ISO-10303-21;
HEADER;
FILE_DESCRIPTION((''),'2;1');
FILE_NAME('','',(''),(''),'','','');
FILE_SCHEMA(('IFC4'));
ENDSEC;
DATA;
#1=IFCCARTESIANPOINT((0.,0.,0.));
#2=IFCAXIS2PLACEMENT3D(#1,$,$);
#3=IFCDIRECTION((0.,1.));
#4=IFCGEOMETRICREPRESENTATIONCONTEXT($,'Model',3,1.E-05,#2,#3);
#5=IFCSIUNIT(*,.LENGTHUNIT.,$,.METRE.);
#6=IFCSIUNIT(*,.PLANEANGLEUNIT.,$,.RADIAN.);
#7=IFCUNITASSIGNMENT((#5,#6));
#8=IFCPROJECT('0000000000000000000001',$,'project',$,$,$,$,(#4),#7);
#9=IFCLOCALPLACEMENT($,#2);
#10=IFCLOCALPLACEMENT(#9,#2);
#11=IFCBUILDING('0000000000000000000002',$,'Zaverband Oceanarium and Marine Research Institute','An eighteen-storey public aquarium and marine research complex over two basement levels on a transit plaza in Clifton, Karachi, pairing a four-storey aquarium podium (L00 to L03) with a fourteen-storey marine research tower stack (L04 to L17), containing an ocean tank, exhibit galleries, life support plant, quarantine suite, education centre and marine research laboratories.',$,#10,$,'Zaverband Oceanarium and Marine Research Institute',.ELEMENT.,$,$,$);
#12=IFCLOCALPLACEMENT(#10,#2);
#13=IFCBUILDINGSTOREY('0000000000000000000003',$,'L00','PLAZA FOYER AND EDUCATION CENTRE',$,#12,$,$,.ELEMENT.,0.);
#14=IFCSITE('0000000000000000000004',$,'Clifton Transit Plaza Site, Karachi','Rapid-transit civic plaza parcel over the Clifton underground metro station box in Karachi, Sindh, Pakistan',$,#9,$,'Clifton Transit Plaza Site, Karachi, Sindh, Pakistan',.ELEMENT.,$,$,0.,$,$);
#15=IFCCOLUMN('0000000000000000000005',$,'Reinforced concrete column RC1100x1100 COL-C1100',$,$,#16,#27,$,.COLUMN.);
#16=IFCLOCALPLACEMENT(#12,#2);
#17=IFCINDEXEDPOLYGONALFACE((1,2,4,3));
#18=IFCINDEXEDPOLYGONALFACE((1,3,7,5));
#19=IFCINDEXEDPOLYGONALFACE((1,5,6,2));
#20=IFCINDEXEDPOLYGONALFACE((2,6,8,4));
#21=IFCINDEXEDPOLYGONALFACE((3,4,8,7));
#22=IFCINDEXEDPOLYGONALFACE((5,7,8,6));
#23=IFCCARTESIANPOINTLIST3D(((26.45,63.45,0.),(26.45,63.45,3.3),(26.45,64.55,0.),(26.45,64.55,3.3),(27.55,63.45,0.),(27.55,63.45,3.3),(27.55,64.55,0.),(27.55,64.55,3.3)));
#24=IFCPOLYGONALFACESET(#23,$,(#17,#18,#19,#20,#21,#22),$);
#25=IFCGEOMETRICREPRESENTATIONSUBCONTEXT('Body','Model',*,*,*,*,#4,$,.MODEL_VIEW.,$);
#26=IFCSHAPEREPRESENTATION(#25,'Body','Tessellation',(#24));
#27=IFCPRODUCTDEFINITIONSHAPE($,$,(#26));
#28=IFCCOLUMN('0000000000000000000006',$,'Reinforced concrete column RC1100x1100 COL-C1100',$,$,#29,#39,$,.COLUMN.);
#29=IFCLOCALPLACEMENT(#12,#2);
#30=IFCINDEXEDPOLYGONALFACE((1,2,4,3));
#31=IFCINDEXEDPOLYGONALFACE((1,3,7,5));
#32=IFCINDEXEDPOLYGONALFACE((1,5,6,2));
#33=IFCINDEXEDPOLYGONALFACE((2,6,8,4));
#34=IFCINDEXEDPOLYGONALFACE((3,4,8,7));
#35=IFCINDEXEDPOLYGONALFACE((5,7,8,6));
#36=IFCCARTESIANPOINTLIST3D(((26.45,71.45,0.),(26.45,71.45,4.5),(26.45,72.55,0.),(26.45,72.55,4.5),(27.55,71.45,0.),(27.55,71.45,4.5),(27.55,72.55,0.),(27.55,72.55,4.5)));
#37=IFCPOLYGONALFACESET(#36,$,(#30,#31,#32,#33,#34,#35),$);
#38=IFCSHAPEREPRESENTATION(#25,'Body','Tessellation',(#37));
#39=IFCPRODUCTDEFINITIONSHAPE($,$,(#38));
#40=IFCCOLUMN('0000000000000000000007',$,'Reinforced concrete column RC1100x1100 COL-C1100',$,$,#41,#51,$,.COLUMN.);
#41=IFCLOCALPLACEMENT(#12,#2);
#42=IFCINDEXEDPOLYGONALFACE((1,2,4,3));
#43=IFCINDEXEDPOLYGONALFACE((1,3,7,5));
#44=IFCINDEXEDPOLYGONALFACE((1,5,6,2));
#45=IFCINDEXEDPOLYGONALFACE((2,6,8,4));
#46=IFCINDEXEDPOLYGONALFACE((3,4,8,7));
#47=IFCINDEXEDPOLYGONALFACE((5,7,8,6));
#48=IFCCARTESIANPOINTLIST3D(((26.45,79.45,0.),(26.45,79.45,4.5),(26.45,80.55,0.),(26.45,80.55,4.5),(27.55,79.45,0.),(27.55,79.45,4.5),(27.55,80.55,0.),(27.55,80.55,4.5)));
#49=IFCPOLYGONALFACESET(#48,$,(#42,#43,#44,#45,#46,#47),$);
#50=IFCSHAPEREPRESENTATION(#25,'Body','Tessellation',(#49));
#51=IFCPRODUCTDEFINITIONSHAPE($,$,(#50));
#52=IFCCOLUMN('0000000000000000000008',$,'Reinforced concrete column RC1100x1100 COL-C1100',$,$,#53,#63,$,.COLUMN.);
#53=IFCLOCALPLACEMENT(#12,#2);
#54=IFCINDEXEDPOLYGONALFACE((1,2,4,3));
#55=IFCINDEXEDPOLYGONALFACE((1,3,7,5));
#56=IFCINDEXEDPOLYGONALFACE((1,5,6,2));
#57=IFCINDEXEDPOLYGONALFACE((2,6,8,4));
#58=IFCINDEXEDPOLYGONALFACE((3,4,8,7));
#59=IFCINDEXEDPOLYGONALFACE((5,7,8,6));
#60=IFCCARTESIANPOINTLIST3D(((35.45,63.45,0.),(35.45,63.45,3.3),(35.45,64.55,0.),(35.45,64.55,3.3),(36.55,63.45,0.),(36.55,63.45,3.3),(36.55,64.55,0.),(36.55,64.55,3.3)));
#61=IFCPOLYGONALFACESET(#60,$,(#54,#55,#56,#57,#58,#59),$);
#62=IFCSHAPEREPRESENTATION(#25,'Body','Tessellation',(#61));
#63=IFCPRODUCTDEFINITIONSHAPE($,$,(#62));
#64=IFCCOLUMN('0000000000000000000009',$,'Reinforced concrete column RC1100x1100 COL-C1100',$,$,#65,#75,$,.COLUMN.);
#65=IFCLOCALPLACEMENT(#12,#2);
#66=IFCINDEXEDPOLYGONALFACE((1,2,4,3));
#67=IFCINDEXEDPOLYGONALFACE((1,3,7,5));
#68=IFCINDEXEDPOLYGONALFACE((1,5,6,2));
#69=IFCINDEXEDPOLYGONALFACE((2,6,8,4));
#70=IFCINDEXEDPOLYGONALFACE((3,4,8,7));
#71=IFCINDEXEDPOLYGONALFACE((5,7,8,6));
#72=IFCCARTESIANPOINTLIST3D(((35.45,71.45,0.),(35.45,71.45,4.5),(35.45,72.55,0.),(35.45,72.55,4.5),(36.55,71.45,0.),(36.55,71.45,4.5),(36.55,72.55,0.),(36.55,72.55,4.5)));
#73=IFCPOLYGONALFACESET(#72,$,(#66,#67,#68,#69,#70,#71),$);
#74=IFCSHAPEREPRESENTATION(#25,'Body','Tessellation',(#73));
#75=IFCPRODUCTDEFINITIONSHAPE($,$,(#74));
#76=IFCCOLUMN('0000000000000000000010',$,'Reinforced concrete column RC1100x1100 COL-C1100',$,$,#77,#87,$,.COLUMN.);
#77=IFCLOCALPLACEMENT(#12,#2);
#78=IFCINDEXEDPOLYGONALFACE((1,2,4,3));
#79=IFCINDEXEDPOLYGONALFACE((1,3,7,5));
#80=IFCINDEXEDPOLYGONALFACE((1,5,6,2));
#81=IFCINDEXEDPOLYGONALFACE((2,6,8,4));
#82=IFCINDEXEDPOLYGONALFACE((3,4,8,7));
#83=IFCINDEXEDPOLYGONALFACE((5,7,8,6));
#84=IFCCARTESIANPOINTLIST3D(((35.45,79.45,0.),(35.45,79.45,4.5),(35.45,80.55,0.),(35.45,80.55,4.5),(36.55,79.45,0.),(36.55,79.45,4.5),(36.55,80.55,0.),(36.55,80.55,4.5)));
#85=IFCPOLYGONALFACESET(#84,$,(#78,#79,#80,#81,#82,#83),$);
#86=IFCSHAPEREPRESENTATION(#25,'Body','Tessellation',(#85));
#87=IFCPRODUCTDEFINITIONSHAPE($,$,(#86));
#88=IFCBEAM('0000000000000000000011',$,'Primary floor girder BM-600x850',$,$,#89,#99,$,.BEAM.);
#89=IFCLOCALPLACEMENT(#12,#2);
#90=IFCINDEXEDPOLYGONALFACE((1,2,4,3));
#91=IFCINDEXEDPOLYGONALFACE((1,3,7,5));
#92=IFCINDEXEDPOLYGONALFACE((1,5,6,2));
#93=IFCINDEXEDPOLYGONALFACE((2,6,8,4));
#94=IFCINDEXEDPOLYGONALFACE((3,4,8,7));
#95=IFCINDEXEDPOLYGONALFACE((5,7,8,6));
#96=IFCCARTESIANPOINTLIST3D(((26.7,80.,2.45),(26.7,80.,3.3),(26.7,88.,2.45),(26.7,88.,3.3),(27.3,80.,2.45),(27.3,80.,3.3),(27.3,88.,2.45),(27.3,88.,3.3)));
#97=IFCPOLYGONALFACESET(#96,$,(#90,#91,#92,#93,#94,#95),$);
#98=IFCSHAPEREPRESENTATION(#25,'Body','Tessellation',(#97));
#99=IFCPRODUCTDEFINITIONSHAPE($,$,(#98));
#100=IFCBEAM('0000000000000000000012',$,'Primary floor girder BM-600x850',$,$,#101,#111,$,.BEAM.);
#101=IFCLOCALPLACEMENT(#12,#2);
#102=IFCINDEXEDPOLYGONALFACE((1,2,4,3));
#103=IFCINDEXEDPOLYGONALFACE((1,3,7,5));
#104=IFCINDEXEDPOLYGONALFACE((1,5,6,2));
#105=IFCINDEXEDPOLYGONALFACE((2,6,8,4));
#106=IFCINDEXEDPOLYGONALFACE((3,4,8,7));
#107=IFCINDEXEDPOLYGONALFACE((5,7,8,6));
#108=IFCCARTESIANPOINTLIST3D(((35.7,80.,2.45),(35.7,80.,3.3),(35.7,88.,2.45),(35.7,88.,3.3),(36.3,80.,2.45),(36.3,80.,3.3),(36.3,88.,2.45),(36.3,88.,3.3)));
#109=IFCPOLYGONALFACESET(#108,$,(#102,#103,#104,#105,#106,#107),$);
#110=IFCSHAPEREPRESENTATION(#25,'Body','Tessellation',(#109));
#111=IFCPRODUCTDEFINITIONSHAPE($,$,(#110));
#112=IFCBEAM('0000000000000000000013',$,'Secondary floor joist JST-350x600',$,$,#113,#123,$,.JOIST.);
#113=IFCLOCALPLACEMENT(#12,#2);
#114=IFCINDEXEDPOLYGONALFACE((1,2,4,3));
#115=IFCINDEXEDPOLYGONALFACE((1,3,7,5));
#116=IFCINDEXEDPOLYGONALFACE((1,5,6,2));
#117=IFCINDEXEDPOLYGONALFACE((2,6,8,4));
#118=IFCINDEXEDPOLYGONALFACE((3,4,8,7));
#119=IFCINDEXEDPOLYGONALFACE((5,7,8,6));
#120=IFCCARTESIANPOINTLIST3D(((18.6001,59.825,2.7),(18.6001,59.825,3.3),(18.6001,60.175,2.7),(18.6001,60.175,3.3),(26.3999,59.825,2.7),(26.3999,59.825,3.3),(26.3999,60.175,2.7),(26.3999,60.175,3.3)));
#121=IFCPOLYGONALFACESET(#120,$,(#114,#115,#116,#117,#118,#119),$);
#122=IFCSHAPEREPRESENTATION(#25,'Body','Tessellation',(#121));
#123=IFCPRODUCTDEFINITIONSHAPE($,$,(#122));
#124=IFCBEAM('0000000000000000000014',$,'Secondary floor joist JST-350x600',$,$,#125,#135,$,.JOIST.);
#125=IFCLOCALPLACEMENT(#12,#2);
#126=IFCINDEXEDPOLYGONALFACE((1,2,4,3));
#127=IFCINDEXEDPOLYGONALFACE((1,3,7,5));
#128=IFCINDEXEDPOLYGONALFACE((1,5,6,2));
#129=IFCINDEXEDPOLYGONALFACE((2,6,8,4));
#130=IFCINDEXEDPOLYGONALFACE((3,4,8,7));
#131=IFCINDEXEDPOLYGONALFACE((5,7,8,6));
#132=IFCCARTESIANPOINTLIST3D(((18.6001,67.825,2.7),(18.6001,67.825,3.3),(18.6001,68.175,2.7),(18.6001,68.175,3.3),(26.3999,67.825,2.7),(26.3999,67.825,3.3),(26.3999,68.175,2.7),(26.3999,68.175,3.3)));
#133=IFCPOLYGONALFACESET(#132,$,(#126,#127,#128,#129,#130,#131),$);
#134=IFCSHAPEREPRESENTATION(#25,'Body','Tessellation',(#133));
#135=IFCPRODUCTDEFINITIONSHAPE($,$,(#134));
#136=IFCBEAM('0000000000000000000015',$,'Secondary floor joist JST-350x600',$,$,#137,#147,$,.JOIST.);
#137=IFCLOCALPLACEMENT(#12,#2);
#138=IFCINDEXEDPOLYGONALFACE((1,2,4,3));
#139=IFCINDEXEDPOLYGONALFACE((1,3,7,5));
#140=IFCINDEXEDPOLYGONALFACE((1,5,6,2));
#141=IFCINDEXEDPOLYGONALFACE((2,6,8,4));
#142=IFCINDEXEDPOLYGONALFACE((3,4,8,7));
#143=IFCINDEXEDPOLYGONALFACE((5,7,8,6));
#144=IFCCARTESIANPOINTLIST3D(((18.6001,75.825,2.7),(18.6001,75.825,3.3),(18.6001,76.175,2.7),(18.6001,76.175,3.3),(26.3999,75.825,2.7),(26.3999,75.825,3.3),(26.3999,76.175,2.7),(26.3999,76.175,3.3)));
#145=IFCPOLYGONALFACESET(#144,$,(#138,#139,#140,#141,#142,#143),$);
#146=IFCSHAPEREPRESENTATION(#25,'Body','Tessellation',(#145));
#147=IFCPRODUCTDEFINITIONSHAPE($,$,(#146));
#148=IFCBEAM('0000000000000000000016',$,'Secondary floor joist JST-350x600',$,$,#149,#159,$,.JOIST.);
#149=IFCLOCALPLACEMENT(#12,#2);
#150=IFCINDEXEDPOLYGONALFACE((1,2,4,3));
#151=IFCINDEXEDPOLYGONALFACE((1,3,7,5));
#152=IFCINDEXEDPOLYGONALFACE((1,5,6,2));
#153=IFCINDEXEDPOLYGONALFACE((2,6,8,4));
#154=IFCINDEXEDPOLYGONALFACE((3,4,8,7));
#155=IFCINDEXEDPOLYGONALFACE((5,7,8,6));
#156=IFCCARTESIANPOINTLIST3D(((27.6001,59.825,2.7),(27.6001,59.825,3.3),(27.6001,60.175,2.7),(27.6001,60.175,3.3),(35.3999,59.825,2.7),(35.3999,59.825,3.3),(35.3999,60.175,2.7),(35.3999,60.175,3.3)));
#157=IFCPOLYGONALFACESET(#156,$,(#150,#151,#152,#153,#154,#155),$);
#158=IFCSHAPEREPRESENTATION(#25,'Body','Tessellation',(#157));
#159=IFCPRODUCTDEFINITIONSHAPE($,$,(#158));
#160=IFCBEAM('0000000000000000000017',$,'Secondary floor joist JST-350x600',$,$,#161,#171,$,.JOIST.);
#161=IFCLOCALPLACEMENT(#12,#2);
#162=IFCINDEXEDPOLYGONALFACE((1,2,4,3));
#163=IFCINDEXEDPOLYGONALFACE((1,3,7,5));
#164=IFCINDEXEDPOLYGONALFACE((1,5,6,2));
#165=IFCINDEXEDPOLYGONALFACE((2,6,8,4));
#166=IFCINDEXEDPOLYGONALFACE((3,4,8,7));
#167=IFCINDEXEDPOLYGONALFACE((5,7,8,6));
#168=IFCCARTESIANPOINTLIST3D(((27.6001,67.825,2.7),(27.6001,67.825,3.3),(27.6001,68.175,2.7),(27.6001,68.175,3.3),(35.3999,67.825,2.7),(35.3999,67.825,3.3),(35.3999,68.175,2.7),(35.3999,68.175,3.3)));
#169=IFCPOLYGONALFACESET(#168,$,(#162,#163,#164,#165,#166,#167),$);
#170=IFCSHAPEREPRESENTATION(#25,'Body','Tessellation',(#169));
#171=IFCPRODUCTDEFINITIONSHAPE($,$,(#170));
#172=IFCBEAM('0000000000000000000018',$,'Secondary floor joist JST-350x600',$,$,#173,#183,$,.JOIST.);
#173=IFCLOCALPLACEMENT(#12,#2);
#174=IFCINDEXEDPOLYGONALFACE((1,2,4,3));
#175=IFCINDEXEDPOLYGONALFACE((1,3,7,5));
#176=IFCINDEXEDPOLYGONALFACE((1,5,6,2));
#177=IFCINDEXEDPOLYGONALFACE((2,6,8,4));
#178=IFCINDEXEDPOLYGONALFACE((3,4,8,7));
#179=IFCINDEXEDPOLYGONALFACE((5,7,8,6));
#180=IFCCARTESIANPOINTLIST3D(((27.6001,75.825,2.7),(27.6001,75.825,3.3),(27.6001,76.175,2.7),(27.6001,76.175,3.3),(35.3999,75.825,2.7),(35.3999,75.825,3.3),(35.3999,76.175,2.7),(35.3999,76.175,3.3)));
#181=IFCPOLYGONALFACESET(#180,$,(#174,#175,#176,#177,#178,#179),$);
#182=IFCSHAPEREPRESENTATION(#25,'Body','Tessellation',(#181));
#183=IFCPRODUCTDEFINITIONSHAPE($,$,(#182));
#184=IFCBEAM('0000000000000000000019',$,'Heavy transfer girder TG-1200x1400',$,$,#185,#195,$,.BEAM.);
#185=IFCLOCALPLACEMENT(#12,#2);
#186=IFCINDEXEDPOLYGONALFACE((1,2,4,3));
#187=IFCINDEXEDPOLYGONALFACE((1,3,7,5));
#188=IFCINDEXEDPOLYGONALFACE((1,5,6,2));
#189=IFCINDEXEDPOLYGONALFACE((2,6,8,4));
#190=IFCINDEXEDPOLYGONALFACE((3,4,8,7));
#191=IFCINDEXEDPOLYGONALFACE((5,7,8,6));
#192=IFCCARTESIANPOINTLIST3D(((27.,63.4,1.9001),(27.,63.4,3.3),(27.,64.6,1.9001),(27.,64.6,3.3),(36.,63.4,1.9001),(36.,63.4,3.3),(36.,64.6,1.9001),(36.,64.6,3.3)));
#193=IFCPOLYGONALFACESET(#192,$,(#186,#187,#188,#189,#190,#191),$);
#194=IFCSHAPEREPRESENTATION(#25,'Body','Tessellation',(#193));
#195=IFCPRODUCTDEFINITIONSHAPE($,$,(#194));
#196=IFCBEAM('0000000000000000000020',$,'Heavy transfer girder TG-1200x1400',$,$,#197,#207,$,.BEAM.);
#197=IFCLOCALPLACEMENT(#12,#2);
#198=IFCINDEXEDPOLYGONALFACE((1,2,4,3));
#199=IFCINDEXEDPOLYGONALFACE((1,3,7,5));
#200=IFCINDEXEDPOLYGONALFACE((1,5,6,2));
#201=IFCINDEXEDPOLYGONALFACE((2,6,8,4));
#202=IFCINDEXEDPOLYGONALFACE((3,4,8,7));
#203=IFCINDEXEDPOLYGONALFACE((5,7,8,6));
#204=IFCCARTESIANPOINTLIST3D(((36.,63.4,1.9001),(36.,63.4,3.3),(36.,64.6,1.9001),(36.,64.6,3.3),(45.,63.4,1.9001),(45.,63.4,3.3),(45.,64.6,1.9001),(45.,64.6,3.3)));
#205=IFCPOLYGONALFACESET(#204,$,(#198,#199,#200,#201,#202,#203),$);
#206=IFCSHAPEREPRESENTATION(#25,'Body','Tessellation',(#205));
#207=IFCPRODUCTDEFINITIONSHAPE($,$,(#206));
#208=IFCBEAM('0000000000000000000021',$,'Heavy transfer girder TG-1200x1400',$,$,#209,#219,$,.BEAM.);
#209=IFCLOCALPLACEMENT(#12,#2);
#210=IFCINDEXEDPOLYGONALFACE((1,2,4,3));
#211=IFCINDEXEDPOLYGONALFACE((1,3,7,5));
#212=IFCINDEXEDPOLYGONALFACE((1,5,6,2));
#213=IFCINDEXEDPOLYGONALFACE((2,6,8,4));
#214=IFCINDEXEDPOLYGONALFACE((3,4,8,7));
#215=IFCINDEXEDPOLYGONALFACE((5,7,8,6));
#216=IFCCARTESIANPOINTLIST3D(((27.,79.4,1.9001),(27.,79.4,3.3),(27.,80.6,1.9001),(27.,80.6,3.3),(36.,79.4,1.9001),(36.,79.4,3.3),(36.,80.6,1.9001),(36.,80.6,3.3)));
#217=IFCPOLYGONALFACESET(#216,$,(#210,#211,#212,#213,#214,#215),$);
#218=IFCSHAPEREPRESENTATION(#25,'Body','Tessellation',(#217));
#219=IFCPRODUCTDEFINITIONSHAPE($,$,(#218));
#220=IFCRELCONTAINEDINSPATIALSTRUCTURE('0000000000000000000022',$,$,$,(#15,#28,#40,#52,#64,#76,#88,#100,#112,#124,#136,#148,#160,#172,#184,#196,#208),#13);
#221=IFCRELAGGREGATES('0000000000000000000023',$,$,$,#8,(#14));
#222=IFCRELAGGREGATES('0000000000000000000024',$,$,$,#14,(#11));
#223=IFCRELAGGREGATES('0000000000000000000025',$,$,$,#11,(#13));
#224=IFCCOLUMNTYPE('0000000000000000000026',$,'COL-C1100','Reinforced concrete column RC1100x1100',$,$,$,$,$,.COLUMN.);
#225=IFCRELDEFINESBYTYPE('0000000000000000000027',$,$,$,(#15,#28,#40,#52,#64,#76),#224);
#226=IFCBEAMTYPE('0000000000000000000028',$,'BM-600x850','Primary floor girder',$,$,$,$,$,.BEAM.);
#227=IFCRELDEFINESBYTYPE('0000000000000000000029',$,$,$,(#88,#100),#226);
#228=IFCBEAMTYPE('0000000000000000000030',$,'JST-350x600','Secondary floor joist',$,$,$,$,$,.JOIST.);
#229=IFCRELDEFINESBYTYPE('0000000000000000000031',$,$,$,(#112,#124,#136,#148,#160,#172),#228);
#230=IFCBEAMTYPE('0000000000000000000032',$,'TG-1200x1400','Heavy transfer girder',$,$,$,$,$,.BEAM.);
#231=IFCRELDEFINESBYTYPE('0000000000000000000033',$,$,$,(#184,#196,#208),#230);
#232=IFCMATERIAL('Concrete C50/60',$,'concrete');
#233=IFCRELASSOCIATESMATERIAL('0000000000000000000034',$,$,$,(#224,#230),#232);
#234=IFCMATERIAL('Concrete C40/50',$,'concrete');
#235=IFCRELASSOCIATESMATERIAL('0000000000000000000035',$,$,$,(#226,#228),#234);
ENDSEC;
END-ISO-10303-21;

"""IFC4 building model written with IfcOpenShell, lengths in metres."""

from ifc_helpers import new_model, si_unit, direction, frame, origin, origin_2d, place, context, subcontext, project, spatial, rectangle, extrude, material, material_profile, profile_set, type_object, element, save


model = new_model("IFC4")

# Units and contexts
model_context = context("Model", 3, precision=1e-05, world=origin(), true_north=direction((0.0, 1.0)))
body_context = subcontext(model_context, "Body", "Model", "MODEL_VIEW")
ifc_project = project(units=[si_unit("LENGTHUNIT", "METRE"), si_unit("PLANEANGLEUNIT", "RADIAN")], contexts=[model_context])

# Site, building, storey
site_placement = place(None, origin())
site = spatial("IfcSite", under=ifc_project, at=site_placement, Name="Clifton Transit Plaza Site, Karachi", Description="Rapid-transit civic plaza parcel over the Clifton underground metro station box in Karachi, Sindh, Pakistan", LongName="Clifton Transit Plaza Site, Karachi, Sindh, Pakistan", CompositionType="ELEMENT", RefElevation=0.0)
building_placement = place(site_placement, origin())
building = spatial("IfcBuilding", under=site, at=building_placement, Name="Zaverband Oceanarium and Marine Research Institute", Description="An eighteen-storey public aquarium and marine research complex over two basement levels on a transit plaza in Clifton, Karachi, pairing a four-storey aquarium podium (L00 to L03) with a fourteen-storey marine research tower stack (L04 to L17), containing an ocean tank, exhibit galleries, life support plant, quarantine suite, education centre and marine research laboratories.", LongName="Zaverband Oceanarium and Marine Research Institute", CompositionType="ELEMENT")
storey_placement = place(building_placement, origin())
storey = spatial("IfcBuildingStorey", under=building, at=storey_placement, Name="L00", Description="PLAZA FOYER AND EDUCATION CENTRE", CompositionType="ELEMENT", Elevation=0.0)

# Columns
ifc_material_1 = material(Name="Concrete C50/60", Category="concrete")
ifc_material_profile_1 = material_profile(ifc_material_1, rectangle(XDim=1.1001, YDim=1.1001, at=origin_2d()), Name="RC1100x1100")
ifc_profile_set_1 = profile_set([ifc_material_profile_1], Name="Concrete C50/60")
column_type = type_object("IfcColumnType", Name="COL-C1100", Description="Reinforced concrete column RC1100x1100", PredefinedType="COLUMN", material=ifc_profile_set_1)
column_1_placement = place(storey_placement, frame((27.0, 64.0, 0.0), z_axis=(0.0, 0.0, 1.0), x_axis=(1.0, 0.0, 0.0)))
element("IfcColumn", 1, at=column_1_placement, inside=storey, type_object=column_type, Name="Reinforced concrete column RC1100x1100 COL-C1100", PredefinedType="COLUMN", context=body_context, shape_type="SweptSolid", body=[
    extrude(rectangle(XDim=1.1001, YDim=1.1001, at=origin_2d()), origin(), (0.0, 0.0, 1.0), 3.3),
])
for number, where, z_axis, x_axis, name in (
    (2, (27.0, 72.0, 0.0), (0.0, 0.0, 1.0), (1.0, 0.0, 0.0), "Reinforced concrete column RC1100x1100 COL-C1100"),
    (3, (27.0, 80.0, 0.0), (0.0, 0.0, 1.0), (1.0, 0.0, 0.0), "Reinforced concrete column RC1100x1100 COL-C1100"),
):
    element("IfcColumn", number, at=place(storey_placement, frame(where, z_axis=z_axis, x_axis=x_axis)), inside=storey, type_object=column_type, Name=name, PredefinedType="COLUMN", context=body_context, shape_type="SweptSolid", body=[
        extrude(rectangle(XDim=1.1001, YDim=1.1001, at=origin_2d()), origin(), (0.0, 0.0, 1.0), 4.5),
    ])
column_2_placement = place(storey_placement, frame((36.0, 64.0, 0.0), z_axis=(0.0, 0.0, 1.0), x_axis=(1.0, 0.0, 0.0)))
element("IfcColumn", 4, at=column_2_placement, inside=storey, type_object=column_type, Name="Reinforced concrete column RC1100x1100 COL-C1100", PredefinedType="COLUMN", context=body_context, shape_type="SweptSolid", body=[
    extrude(rectangle(XDim=1.1001, YDim=1.1001, at=origin_2d()), origin(), (0.0, 0.0, 1.0), 3.3),
])
for number, where, z_axis, x_axis, name in (
    (5, (36.0, 72.0, 0.0), (0.0, 0.0, 1.0), (1.0, 0.0, 0.0), "Reinforced concrete column RC1100x1100 COL-C1100"),
    (6, (36.0, 80.0, 0.0), (0.0, 0.0, 1.0), (1.0, 0.0, 0.0), "Reinforced concrete column RC1100x1100 COL-C1100"),
):
    element("IfcColumn", number, at=place(storey_placement, frame(where, z_axis=z_axis, x_axis=x_axis)), inside=storey, type_object=column_type, Name=name, PredefinedType="COLUMN", context=body_context, shape_type="SweptSolid", body=[
        extrude(rectangle(XDim=1.1001, YDim=1.1001, at=origin_2d()), origin(), (0.0, 0.0, 1.0), 4.5),
    ])

# Beams
ifc_material_2 = material(Name="Concrete C40/50", Category="concrete")
ifc_material_profile_2 = material_profile(ifc_material_2, rectangle(XDim=0.6001, YDim=0.8501, at=origin_2d()), Name="RC600x850")
ifc_profile_set_2 = profile_set([ifc_material_profile_2], Name="Concrete C40/50")
beam_type_1 = type_object("IfcBeamType", Name="BM-600x850", Description="Primary floor girder", PredefinedType="BEAM", material=ifc_profile_set_2)
for number, where, z_axis, x_axis, name in (
    (7, (27.0, 80.0, 2.875), (0.0, 1.0, 0.0), (-1.0, 0.0, 0.0), "Primary floor girder BM-600x850"),
    (8, (36.0, 80.0, 2.875), (0.0, 1.0, 0.0), (-1.0, 0.0, 0.0), "Primary floor girder BM-600x850"),
):
    element("IfcBeam", number, at=place(storey_placement, frame(where, z_axis=z_axis, x_axis=x_axis)), inside=storey, type_object=beam_type_1, Name=name, PredefinedType="BEAM", context=body_context, shape_type="SweptSolid", body=[
        extrude(rectangle(XDim=0.6001, YDim=0.8501, at=origin_2d()), origin(), (0.0, 0.0, 1.0), 8.0),
    ])
ifc_material_profile_3 = material_profile(ifc_material_2, rectangle(XDim=0.3501, YDim=0.6001, at=origin_2d()), Name="RC350x600")
ifc_profile_set_3 = profile_set([ifc_material_profile_3], Name="Concrete C40/50")
beam_type_2 = type_object("IfcBeamType", Name="JST-350x600", Description="Secondary floor joist", PredefinedType="JOIST", material=ifc_profile_set_3)
for number, where, z_axis, x_axis, name in (
    (9, (18.6001, 60.0, 3.0), (1.0, 0.0, 0.0), (0.0, 1.0, 0.0), "Secondary floor joist JST-350x600"),
    (10, (18.6001, 68.0, 3.0), (1.0, 0.0, 0.0), (0.0, 1.0, 0.0), "Secondary floor joist JST-350x600"),
    (11, (18.6001, 76.0, 3.0), (1.0, 0.0, 0.0), (0.0, 1.0, 0.0), "Secondary floor joist JST-350x600"),
    (12, (27.6001, 60.0, 3.0), (1.0, 0.0, 0.0), (0.0, 1.0, 0.0), "Secondary floor joist JST-350x600"),
    (13, (27.6001, 68.0, 3.0), (1.0, 0.0, 0.0), (0.0, 1.0, 0.0), "Secondary floor joist JST-350x600"),
    (14, (27.6001, 76.0, 3.0), (1.0, 0.0, 0.0), (0.0, 1.0, 0.0), "Secondary floor joist JST-350x600"),
):
    element("IfcBeam", number, at=place(storey_placement, frame(where, z_axis=z_axis, x_axis=x_axis)), inside=storey, type_object=beam_type_2, Name=name, PredefinedType="JOIST", context=body_context, shape_type="SweptSolid", body=[
        extrude(rectangle(XDim=0.3501, YDim=0.6001, at=origin_2d()), origin(), (0.0, 0.0, 1.0), 7.7998),
    ])
ifc_material_profile_4 = material_profile(ifc_material_1, rectangle(XDim=1.2, YDim=1.3999, at=origin_2d()), Name="RC1200x1400")
ifc_profile_set_4 = profile_set([ifc_material_profile_4], Name="Concrete C50/60")
beam_type_3 = type_object("IfcBeamType", Name="TG-1200x1400", Description="Heavy transfer girder", PredefinedType="BEAM", material=ifc_profile_set_4)
for number, where, z_axis, x_axis, name in (
    (15, (27.0, 64.0, 2.6001), (1.0, 0.0, 0.0), (0.0, 1.0, 0.0), "Heavy transfer girder TG-1200x1400"),
    (16, (36.0, 64.0, 2.6001), (1.0, 0.0, 0.0), (0.0, 1.0, 0.0), "Heavy transfer girder TG-1200x1400"),
    (17, (27.0, 80.0, 2.6001), (1.0, 0.0, 0.0), (0.0, 1.0, 0.0), "Heavy transfer girder TG-1200x1400"),
):
    element("IfcBeam", number, at=place(storey_placement, frame(where, z_axis=z_axis, x_axis=x_axis)), inside=storey, type_object=beam_type_3, Name=name, PredefinedType="BEAM", context=body_context, shape_type="SweptSolid", body=[
        extrude(rectangle(XDim=1.2, YDim=1.3999, at=origin_2d()), origin(), (0.0, 0.0, 1.0), 9.0),
    ])

save(model, "model.ifc")
